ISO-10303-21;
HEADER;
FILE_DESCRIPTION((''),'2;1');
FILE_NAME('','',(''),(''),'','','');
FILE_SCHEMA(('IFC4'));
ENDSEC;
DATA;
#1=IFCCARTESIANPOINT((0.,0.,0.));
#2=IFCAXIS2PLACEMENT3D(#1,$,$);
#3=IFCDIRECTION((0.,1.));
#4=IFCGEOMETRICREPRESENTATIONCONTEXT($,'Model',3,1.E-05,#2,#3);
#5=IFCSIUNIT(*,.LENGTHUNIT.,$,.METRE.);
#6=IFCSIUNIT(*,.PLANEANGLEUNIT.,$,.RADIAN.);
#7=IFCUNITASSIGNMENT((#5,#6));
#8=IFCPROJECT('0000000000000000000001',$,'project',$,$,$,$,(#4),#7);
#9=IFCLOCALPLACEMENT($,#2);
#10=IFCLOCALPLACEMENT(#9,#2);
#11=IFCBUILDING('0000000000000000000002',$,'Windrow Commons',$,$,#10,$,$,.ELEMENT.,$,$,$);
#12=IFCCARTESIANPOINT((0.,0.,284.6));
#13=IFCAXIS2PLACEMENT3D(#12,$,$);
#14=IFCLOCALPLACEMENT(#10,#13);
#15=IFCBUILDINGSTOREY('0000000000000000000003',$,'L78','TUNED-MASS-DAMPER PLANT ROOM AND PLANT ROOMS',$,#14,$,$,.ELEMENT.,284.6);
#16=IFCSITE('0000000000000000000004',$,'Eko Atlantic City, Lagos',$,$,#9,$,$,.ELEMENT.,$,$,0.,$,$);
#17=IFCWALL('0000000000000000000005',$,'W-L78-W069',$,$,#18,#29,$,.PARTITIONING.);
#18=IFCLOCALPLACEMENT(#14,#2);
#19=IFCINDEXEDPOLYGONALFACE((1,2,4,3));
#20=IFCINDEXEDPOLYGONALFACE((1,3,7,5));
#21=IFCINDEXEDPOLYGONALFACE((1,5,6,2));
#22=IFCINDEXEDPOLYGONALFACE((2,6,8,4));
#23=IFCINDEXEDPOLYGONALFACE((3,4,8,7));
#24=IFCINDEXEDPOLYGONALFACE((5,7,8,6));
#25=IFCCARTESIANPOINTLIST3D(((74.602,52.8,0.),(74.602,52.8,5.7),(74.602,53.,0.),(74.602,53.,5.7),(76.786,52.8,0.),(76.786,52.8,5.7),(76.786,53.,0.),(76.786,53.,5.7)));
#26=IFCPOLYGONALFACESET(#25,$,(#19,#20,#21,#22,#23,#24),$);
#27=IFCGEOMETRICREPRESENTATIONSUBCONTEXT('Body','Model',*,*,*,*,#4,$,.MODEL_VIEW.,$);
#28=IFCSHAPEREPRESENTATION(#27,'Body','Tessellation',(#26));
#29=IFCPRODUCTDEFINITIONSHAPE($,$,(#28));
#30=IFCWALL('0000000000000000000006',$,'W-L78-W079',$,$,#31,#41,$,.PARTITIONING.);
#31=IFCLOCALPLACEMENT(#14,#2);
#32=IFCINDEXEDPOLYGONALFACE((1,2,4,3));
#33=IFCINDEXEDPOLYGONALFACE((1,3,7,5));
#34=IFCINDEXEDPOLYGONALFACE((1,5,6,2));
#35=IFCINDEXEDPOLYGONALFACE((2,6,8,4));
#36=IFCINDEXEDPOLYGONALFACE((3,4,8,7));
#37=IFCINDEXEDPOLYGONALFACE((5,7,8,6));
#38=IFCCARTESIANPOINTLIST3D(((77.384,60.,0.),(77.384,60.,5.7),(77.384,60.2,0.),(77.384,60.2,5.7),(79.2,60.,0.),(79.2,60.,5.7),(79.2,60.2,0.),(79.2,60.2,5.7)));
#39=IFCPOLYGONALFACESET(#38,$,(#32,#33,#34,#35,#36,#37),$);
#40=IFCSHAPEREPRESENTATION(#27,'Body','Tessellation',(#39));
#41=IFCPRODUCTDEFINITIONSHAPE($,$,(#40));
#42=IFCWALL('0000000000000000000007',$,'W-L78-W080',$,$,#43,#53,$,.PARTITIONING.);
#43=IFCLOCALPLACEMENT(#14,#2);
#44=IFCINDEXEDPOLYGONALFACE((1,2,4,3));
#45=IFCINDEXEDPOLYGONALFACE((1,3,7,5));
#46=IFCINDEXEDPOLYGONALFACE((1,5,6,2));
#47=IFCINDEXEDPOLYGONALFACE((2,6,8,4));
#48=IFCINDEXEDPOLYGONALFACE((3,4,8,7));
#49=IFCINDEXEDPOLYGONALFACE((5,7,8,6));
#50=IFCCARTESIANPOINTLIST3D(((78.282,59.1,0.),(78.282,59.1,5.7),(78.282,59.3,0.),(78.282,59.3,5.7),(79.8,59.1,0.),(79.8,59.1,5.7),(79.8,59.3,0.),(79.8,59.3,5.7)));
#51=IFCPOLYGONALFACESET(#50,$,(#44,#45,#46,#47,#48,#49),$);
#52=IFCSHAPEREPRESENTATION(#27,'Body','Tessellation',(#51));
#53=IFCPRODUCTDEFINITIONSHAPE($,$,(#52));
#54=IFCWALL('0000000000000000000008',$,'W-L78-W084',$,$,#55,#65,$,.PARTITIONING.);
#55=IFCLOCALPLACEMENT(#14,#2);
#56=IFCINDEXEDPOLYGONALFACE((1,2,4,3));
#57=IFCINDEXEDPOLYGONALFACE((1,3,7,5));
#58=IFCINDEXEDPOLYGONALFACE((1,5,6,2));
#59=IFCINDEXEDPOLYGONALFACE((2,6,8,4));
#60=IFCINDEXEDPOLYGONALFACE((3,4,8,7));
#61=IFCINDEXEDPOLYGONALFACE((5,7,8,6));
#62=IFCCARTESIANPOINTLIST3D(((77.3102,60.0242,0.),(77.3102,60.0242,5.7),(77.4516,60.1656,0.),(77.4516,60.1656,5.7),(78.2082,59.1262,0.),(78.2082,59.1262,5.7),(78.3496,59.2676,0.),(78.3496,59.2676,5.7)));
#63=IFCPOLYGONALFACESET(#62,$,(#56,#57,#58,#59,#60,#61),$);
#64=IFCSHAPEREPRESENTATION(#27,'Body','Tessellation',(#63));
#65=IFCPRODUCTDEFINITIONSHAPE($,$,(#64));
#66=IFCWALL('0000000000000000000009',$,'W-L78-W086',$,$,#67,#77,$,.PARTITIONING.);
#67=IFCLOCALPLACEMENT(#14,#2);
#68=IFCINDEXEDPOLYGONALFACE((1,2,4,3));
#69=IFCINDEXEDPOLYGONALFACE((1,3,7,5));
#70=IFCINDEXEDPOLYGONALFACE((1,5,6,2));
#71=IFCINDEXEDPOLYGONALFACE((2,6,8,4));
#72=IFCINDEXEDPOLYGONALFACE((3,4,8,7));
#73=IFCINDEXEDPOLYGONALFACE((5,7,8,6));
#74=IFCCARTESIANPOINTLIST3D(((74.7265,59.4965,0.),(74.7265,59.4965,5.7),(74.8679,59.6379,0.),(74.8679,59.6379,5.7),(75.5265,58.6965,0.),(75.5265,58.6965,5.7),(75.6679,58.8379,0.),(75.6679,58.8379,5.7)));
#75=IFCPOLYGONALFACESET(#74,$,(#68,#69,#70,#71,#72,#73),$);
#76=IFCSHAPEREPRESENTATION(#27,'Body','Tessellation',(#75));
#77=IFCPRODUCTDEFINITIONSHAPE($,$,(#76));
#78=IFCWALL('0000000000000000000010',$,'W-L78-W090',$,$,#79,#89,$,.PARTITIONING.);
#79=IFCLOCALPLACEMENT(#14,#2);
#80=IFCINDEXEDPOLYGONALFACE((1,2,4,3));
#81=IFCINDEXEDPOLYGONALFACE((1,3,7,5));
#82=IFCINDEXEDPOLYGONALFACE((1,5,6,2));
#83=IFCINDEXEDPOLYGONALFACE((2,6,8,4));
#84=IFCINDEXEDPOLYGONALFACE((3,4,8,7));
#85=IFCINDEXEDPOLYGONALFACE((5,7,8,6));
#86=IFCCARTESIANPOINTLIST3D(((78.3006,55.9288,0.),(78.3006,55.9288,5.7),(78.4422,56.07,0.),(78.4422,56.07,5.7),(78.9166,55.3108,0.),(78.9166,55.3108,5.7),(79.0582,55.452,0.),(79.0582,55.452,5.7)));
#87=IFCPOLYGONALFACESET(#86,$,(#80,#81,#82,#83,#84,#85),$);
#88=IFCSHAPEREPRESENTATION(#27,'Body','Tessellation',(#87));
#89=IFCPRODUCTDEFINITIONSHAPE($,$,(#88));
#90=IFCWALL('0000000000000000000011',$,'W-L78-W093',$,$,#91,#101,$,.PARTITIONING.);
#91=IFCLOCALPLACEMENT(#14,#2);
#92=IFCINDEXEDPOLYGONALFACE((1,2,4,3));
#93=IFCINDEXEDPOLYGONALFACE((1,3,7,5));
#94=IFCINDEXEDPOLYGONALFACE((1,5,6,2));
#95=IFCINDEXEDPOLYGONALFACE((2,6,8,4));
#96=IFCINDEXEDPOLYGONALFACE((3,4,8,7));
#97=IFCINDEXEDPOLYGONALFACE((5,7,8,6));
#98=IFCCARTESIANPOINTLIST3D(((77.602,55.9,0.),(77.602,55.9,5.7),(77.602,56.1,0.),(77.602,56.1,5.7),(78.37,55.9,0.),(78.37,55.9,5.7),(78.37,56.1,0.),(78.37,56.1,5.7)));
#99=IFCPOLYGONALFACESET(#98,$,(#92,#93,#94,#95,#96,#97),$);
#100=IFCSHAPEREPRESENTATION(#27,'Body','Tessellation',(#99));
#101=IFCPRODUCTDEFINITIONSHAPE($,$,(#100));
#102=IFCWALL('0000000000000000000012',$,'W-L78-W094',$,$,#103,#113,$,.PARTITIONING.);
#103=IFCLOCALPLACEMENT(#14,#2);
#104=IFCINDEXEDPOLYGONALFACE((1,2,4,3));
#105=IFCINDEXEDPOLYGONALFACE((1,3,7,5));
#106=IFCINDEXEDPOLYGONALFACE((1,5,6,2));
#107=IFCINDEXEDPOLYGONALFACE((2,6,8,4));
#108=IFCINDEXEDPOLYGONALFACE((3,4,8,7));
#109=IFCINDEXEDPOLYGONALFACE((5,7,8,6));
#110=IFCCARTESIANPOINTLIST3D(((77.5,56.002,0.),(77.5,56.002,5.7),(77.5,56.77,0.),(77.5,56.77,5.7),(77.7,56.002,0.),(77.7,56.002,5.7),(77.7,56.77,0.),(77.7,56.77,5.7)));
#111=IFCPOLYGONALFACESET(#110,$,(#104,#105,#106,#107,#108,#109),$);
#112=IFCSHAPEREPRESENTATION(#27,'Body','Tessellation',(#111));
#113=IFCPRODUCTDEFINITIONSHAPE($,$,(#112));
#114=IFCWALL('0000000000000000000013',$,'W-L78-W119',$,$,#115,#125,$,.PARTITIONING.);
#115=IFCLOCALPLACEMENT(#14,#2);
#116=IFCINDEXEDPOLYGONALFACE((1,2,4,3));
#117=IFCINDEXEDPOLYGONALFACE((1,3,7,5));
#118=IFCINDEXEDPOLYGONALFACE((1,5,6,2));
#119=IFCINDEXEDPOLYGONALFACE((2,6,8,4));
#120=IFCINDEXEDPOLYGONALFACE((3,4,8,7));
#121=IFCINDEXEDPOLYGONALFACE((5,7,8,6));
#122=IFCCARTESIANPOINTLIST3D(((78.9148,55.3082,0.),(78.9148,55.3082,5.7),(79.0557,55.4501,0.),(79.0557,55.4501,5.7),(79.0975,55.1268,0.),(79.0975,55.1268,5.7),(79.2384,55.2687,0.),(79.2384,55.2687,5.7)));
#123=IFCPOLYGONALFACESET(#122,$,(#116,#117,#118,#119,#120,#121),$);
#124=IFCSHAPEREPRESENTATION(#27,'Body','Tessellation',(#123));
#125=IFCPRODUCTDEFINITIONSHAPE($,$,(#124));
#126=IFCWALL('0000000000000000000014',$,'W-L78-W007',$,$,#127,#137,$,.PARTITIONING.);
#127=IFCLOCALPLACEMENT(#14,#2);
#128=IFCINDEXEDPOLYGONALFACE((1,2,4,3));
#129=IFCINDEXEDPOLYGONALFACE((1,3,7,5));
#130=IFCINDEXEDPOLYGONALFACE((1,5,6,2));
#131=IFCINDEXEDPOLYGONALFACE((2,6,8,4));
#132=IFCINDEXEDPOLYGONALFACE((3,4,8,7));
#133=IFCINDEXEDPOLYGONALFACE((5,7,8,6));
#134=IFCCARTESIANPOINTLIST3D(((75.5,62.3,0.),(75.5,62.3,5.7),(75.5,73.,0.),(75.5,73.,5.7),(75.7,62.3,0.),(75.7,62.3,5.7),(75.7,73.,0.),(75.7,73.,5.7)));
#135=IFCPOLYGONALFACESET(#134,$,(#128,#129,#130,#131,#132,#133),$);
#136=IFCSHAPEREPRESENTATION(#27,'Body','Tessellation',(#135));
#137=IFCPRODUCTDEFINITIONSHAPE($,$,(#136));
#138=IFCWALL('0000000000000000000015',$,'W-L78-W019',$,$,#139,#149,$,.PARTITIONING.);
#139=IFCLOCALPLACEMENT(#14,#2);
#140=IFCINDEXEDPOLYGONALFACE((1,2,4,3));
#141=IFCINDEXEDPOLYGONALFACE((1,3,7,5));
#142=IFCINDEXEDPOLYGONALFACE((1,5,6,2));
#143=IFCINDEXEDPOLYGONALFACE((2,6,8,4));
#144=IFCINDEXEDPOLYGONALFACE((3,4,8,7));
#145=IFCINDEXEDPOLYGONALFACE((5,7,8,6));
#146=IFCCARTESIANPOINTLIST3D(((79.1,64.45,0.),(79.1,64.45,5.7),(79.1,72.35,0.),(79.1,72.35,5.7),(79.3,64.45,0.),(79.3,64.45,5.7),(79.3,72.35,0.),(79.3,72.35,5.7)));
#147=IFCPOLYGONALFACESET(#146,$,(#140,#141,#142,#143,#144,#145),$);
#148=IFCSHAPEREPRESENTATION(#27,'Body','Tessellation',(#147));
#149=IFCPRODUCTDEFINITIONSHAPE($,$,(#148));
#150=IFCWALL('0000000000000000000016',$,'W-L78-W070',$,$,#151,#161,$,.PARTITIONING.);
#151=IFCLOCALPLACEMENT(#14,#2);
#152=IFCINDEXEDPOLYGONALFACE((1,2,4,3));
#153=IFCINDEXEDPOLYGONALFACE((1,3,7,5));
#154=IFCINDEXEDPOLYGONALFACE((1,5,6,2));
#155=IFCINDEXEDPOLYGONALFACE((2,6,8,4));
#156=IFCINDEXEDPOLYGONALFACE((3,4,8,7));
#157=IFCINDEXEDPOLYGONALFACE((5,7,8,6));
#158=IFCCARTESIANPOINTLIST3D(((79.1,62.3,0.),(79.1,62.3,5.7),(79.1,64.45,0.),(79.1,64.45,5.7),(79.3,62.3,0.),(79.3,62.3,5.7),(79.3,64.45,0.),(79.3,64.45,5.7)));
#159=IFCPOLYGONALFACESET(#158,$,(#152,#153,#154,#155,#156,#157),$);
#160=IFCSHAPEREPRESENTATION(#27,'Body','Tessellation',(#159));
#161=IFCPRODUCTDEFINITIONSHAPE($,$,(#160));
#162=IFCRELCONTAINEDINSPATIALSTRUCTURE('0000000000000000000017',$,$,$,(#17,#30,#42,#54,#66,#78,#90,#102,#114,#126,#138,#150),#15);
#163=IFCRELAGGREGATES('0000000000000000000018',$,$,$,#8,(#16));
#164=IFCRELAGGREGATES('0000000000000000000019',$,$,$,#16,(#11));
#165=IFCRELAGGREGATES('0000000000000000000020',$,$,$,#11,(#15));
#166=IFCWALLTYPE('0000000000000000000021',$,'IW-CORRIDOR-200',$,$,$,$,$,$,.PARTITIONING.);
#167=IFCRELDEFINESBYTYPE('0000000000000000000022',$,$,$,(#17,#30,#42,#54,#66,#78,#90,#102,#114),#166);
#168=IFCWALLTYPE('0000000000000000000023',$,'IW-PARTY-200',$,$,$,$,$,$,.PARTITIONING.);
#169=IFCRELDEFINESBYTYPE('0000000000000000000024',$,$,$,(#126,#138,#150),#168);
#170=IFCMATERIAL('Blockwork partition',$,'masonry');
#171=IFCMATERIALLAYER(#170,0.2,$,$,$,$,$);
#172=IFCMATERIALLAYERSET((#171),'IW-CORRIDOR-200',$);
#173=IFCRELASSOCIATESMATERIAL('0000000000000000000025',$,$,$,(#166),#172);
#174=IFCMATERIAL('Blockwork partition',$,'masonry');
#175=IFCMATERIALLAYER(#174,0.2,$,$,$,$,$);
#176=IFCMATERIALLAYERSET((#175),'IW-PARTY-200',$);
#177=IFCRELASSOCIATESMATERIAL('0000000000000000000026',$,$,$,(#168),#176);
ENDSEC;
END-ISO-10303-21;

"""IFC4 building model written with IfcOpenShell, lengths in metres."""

from ifc_helpers import new_model, si_unit, direction, frame, frame_2d, origin, place, context, subcontext, project, spatial, rectangle, extrude, material, layer, layer_set, type_object, element, save


model = new_model("IFC4")

# Units and contexts
model_context = context("Model", 3, precision=1e-05, world=origin(), true_north=direction((0.0, 1.0)))
body_context = subcontext(model_context, "Body", "Model", "MODEL_VIEW")
ifc_project = project(units=[si_unit("LENGTHUNIT", "METRE"), si_unit("PLANEANGLEUNIT", "RADIAN")], contexts=[model_context])

# Site, building, storey
site_placement = place(None, origin())
site = spatial("IfcSite", under=ifc_project, at=site_placement, Name="Eko Atlantic City, Lagos", CompositionType="ELEMENT", RefElevation=0.0)
building_placement = place(site_placement, origin())
building = spatial("IfcBuilding", under=site, at=building_placement, Name="Windrow Commons", CompositionType="ELEMENT")
storey_placement = place(building_placement, frame((0.0, 0.0, 284.6)))
storey = spatial("IfcBuildingStorey", under=building, at=storey_placement, Name="L78", Description="TUNED-MASS-DAMPER PLANT ROOM AND PLANT ROOMS", CompositionType="ELEMENT", Elevation=284.6)

# Shared definitions
ifc_material_1 = material(Name="Blockwork partition", Category="masonry")
ifc_layer_1 = layer(ifc_material_1, 0.2)
ifc_layer_set_1 = layer_set([ifc_layer_1], Name="IW-CORRIDOR-200")
wall_type_1 = type_object("IfcWallType", Name="IW-CORRIDOR-200", PredefinedType="PARTITIONING", material=ifc_layer_set_1)

# Walls
wall_1_placement = place(storey_placement, frame((74.602, 52.9, 0.0), z_axis=(0.0, 0.0, 1.0), x_axis=(1.0, 0.0, 0.0)))
element("IfcWall", 1, at=wall_1_placement, inside=storey, type_object=wall_type_1, Name="W-L78-W069", PredefinedType="PARTITIONING", context=body_context, shape_type="SweptSolid", body=[
    extrude(rectangle(XDim=2.184, YDim=0.2, at=frame_2d((1.092, 0.0))), origin(), (0.0, 0.0, 1.0), 5.7),
])
wall_2_placement = place(storey_placement, frame((77.384, 60.1, 0.0), z_axis=(0.0, 0.0, 1.0), x_axis=(1.0, 0.0, 0.0)))
element("IfcWall", 2, at=wall_2_placement, inside=storey, type_object=wall_type_1, Name="W-L78-W079", PredefinedType="PARTITIONING", context=body_context, shape_type="SweptSolid", body=[
    extrude(rectangle(XDim=1.816, YDim=0.2, at=frame_2d((0.908, 0.0))), origin(), (0.0, 0.0, 1.0), 5.7),
])
wall_3_placement = place(storey_placement, frame((78.282, 59.2, 0.0), z_axis=(0.0, 0.0, 1.0), x_axis=(1.0, 0.0, 0.0)))
element("IfcWall", 3, at=wall_3_placement, inside=storey, type_object=wall_type_1, Name="W-L78-W080", PredefinedType="PARTITIONING", context=body_context, shape_type="SweptSolid", body=[
    extrude(rectangle(XDim=1.518, YDim=0.2, at=frame_2d((0.759, 0.0))), origin(), (0.0, 0.0, 1.0), 5.7),
])
wall_4_placement = place(storey_placement, frame((77.3809, 60.0949, 0.0), z_axis=(0.0, 0.0, 1.0), x_axis=(0.707107, -0.707107, 0.0)))
element("IfcWall", 4, at=wall_4_placement, inside=storey, type_object=wall_type_1, Name="W-L78-W084", PredefinedType="PARTITIONING", context=body_context, shape_type="SweptSolid", body=[
    extrude(rectangle(XDim=1.27, YDim=0.2, at=frame_2d((0.635, 0.0))), origin(), (0.0, 0.0, 1.0), 5.7),
])
wall_5_placement = place(storey_placement, frame((74.7972, 59.5672, 0.0), z_axis=(0.0, 0.0, 1.0), x_axis=(0.707107, -0.707107, 0.0)))
element("IfcWall", 5, at=wall_5_placement, inside=storey, type_object=wall_type_1, Name="W-L78-W086", PredefinedType="PARTITIONING", context=body_context, shape_type="SweptSolid", body=[
    extrude(rectangle(XDim=1.1314, YDim=0.2, at=frame_2d((0.5657, 0.0))), origin(), (0.0, 0.0, 1.0), 5.7),
])
wall_6_placement = place(storey_placement, frame((78.3714, 55.9994, 0.0), z_axis=(0.0, 0.0, 1.0), x_axis=(0.70596, -0.708252, 0.0)))
element("IfcWall", 6, at=wall_6_placement, inside=storey, type_object=wall_type_1, Name="W-L78-W090", PredefinedType="PARTITIONING", context=body_context, shape_type="SweptSolid", body=[
    extrude(rectangle(XDim=0.8726, YDim=0.2, at=frame_2d((0.4363, 0.0))), origin(), (0.0, 0.0, 1.0), 5.7),
])
for number, where, z_axis, x_axis, name in (
    (7, (77.602, 56.0, 0.0), (0.0, 0.0, 1.0), (1.0, 0.0, 0.0), "W-L78-W093"),
    (8, (77.6, 56.002, 0.0), (0.0, 0.0, 1.0), (0.0, 1.0, 0.0), "W-L78-W094"),
):
    element("IfcWall", number, at=place(storey_placement, frame(where, z_axis=z_axis, x_axis=x_axis)), inside=storey, type_object=wall_type_1, Name=name, PredefinedType="PARTITIONING", context=body_context, shape_type="SweptSolid", body=[
        extrude(rectangle(XDim=0.768, YDim=0.2, at=frame_2d((0.384, 0.0))), origin(), (0.0, 0.0, 1.0), 5.7),
    ])
wall_7_placement = place(storey_placement, frame((78.9852, 55.3792, 0.0), z_axis=(0.0, 0.0, 1.0), x_axis=(0.709627, -0.704578, 0.0)))
element("IfcWall", 9, at=wall_7_placement, inside=storey, type_object=wall_type_1, Name="W-L78-W119", PredefinedType="PARTITIONING", context=body_context, shape_type="SweptSolid", body=[
    extrude(rectangle(XDim=0.2575, YDim=0.2, at=frame_2d((0.1288, 0.0))), origin(), (0.0, 0.0, 1.0), 5.7),
])
ifc_material_2 = material(Name="Blockwork partition", Category="masonry")
ifc_layer_2 = layer(ifc_material_2, 0.2)
ifc_layer_set_2 = layer_set([ifc_layer_2], Name="IW-PARTY-200")
wall_type_2 = type_object("IfcWallType", Name="IW-PARTY-200", PredefinedType="PARTITIONING", material=ifc_layer_set_2)
wall_8_placement = place(storey_placement, frame((75.6, 62.3, 0.0), z_axis=(0.0, 0.0, 1.0), x_axis=(0.0, 1.0, 0.0)))
element("IfcWall", 10, at=wall_8_placement, inside=storey, type_object=wall_type_2, Name="W-L78-W007", PredefinedType="PARTITIONING", context=body_context, shape_type="SweptSolid", body=[
    extrude(rectangle(XDim=10.7, YDim=0.2, at=frame_2d((5.35, 0.0))), origin(), (0.0, 0.0, 1.0), 5.7),
])
wall_9_placement = place(storey_placement, frame((79.2, 64.45, 0.0), z_axis=(0.0, 0.0, 1.0), x_axis=(0.0, 1.0, 0.0)))
element("IfcWall", 11, at=wall_9_placement, inside=storey, type_object=wall_type_2, Name="W-L78-W019", PredefinedType="PARTITIONING", context=body_context, shape_type="SweptSolid", body=[
    extrude(rectangle(XDim=7.9, YDim=0.2, at=frame_2d((3.95, 0.0))), origin(), (0.0, 0.0, 1.0), 5.7),
])
wall_10_placement = place(storey_placement, frame((79.2, 62.3, 0.0), z_axis=(0.0, 0.0, 1.0), x_axis=(0.0, 1.0, 0.0)))
element("IfcWall", 12, at=wall_10_placement, inside=storey, type_object=wall_type_2, Name="W-L78-W070", PredefinedType="PARTITIONING", context=body_context, shape_type="SweptSolid", body=[
    extrude(rectangle(XDim=2.15, YDim=0.2, at=frame_2d((1.075, 0.0))), origin(), (0.0, 0.0, 1.0), 5.7),
])

save(model, "model.ifc")
